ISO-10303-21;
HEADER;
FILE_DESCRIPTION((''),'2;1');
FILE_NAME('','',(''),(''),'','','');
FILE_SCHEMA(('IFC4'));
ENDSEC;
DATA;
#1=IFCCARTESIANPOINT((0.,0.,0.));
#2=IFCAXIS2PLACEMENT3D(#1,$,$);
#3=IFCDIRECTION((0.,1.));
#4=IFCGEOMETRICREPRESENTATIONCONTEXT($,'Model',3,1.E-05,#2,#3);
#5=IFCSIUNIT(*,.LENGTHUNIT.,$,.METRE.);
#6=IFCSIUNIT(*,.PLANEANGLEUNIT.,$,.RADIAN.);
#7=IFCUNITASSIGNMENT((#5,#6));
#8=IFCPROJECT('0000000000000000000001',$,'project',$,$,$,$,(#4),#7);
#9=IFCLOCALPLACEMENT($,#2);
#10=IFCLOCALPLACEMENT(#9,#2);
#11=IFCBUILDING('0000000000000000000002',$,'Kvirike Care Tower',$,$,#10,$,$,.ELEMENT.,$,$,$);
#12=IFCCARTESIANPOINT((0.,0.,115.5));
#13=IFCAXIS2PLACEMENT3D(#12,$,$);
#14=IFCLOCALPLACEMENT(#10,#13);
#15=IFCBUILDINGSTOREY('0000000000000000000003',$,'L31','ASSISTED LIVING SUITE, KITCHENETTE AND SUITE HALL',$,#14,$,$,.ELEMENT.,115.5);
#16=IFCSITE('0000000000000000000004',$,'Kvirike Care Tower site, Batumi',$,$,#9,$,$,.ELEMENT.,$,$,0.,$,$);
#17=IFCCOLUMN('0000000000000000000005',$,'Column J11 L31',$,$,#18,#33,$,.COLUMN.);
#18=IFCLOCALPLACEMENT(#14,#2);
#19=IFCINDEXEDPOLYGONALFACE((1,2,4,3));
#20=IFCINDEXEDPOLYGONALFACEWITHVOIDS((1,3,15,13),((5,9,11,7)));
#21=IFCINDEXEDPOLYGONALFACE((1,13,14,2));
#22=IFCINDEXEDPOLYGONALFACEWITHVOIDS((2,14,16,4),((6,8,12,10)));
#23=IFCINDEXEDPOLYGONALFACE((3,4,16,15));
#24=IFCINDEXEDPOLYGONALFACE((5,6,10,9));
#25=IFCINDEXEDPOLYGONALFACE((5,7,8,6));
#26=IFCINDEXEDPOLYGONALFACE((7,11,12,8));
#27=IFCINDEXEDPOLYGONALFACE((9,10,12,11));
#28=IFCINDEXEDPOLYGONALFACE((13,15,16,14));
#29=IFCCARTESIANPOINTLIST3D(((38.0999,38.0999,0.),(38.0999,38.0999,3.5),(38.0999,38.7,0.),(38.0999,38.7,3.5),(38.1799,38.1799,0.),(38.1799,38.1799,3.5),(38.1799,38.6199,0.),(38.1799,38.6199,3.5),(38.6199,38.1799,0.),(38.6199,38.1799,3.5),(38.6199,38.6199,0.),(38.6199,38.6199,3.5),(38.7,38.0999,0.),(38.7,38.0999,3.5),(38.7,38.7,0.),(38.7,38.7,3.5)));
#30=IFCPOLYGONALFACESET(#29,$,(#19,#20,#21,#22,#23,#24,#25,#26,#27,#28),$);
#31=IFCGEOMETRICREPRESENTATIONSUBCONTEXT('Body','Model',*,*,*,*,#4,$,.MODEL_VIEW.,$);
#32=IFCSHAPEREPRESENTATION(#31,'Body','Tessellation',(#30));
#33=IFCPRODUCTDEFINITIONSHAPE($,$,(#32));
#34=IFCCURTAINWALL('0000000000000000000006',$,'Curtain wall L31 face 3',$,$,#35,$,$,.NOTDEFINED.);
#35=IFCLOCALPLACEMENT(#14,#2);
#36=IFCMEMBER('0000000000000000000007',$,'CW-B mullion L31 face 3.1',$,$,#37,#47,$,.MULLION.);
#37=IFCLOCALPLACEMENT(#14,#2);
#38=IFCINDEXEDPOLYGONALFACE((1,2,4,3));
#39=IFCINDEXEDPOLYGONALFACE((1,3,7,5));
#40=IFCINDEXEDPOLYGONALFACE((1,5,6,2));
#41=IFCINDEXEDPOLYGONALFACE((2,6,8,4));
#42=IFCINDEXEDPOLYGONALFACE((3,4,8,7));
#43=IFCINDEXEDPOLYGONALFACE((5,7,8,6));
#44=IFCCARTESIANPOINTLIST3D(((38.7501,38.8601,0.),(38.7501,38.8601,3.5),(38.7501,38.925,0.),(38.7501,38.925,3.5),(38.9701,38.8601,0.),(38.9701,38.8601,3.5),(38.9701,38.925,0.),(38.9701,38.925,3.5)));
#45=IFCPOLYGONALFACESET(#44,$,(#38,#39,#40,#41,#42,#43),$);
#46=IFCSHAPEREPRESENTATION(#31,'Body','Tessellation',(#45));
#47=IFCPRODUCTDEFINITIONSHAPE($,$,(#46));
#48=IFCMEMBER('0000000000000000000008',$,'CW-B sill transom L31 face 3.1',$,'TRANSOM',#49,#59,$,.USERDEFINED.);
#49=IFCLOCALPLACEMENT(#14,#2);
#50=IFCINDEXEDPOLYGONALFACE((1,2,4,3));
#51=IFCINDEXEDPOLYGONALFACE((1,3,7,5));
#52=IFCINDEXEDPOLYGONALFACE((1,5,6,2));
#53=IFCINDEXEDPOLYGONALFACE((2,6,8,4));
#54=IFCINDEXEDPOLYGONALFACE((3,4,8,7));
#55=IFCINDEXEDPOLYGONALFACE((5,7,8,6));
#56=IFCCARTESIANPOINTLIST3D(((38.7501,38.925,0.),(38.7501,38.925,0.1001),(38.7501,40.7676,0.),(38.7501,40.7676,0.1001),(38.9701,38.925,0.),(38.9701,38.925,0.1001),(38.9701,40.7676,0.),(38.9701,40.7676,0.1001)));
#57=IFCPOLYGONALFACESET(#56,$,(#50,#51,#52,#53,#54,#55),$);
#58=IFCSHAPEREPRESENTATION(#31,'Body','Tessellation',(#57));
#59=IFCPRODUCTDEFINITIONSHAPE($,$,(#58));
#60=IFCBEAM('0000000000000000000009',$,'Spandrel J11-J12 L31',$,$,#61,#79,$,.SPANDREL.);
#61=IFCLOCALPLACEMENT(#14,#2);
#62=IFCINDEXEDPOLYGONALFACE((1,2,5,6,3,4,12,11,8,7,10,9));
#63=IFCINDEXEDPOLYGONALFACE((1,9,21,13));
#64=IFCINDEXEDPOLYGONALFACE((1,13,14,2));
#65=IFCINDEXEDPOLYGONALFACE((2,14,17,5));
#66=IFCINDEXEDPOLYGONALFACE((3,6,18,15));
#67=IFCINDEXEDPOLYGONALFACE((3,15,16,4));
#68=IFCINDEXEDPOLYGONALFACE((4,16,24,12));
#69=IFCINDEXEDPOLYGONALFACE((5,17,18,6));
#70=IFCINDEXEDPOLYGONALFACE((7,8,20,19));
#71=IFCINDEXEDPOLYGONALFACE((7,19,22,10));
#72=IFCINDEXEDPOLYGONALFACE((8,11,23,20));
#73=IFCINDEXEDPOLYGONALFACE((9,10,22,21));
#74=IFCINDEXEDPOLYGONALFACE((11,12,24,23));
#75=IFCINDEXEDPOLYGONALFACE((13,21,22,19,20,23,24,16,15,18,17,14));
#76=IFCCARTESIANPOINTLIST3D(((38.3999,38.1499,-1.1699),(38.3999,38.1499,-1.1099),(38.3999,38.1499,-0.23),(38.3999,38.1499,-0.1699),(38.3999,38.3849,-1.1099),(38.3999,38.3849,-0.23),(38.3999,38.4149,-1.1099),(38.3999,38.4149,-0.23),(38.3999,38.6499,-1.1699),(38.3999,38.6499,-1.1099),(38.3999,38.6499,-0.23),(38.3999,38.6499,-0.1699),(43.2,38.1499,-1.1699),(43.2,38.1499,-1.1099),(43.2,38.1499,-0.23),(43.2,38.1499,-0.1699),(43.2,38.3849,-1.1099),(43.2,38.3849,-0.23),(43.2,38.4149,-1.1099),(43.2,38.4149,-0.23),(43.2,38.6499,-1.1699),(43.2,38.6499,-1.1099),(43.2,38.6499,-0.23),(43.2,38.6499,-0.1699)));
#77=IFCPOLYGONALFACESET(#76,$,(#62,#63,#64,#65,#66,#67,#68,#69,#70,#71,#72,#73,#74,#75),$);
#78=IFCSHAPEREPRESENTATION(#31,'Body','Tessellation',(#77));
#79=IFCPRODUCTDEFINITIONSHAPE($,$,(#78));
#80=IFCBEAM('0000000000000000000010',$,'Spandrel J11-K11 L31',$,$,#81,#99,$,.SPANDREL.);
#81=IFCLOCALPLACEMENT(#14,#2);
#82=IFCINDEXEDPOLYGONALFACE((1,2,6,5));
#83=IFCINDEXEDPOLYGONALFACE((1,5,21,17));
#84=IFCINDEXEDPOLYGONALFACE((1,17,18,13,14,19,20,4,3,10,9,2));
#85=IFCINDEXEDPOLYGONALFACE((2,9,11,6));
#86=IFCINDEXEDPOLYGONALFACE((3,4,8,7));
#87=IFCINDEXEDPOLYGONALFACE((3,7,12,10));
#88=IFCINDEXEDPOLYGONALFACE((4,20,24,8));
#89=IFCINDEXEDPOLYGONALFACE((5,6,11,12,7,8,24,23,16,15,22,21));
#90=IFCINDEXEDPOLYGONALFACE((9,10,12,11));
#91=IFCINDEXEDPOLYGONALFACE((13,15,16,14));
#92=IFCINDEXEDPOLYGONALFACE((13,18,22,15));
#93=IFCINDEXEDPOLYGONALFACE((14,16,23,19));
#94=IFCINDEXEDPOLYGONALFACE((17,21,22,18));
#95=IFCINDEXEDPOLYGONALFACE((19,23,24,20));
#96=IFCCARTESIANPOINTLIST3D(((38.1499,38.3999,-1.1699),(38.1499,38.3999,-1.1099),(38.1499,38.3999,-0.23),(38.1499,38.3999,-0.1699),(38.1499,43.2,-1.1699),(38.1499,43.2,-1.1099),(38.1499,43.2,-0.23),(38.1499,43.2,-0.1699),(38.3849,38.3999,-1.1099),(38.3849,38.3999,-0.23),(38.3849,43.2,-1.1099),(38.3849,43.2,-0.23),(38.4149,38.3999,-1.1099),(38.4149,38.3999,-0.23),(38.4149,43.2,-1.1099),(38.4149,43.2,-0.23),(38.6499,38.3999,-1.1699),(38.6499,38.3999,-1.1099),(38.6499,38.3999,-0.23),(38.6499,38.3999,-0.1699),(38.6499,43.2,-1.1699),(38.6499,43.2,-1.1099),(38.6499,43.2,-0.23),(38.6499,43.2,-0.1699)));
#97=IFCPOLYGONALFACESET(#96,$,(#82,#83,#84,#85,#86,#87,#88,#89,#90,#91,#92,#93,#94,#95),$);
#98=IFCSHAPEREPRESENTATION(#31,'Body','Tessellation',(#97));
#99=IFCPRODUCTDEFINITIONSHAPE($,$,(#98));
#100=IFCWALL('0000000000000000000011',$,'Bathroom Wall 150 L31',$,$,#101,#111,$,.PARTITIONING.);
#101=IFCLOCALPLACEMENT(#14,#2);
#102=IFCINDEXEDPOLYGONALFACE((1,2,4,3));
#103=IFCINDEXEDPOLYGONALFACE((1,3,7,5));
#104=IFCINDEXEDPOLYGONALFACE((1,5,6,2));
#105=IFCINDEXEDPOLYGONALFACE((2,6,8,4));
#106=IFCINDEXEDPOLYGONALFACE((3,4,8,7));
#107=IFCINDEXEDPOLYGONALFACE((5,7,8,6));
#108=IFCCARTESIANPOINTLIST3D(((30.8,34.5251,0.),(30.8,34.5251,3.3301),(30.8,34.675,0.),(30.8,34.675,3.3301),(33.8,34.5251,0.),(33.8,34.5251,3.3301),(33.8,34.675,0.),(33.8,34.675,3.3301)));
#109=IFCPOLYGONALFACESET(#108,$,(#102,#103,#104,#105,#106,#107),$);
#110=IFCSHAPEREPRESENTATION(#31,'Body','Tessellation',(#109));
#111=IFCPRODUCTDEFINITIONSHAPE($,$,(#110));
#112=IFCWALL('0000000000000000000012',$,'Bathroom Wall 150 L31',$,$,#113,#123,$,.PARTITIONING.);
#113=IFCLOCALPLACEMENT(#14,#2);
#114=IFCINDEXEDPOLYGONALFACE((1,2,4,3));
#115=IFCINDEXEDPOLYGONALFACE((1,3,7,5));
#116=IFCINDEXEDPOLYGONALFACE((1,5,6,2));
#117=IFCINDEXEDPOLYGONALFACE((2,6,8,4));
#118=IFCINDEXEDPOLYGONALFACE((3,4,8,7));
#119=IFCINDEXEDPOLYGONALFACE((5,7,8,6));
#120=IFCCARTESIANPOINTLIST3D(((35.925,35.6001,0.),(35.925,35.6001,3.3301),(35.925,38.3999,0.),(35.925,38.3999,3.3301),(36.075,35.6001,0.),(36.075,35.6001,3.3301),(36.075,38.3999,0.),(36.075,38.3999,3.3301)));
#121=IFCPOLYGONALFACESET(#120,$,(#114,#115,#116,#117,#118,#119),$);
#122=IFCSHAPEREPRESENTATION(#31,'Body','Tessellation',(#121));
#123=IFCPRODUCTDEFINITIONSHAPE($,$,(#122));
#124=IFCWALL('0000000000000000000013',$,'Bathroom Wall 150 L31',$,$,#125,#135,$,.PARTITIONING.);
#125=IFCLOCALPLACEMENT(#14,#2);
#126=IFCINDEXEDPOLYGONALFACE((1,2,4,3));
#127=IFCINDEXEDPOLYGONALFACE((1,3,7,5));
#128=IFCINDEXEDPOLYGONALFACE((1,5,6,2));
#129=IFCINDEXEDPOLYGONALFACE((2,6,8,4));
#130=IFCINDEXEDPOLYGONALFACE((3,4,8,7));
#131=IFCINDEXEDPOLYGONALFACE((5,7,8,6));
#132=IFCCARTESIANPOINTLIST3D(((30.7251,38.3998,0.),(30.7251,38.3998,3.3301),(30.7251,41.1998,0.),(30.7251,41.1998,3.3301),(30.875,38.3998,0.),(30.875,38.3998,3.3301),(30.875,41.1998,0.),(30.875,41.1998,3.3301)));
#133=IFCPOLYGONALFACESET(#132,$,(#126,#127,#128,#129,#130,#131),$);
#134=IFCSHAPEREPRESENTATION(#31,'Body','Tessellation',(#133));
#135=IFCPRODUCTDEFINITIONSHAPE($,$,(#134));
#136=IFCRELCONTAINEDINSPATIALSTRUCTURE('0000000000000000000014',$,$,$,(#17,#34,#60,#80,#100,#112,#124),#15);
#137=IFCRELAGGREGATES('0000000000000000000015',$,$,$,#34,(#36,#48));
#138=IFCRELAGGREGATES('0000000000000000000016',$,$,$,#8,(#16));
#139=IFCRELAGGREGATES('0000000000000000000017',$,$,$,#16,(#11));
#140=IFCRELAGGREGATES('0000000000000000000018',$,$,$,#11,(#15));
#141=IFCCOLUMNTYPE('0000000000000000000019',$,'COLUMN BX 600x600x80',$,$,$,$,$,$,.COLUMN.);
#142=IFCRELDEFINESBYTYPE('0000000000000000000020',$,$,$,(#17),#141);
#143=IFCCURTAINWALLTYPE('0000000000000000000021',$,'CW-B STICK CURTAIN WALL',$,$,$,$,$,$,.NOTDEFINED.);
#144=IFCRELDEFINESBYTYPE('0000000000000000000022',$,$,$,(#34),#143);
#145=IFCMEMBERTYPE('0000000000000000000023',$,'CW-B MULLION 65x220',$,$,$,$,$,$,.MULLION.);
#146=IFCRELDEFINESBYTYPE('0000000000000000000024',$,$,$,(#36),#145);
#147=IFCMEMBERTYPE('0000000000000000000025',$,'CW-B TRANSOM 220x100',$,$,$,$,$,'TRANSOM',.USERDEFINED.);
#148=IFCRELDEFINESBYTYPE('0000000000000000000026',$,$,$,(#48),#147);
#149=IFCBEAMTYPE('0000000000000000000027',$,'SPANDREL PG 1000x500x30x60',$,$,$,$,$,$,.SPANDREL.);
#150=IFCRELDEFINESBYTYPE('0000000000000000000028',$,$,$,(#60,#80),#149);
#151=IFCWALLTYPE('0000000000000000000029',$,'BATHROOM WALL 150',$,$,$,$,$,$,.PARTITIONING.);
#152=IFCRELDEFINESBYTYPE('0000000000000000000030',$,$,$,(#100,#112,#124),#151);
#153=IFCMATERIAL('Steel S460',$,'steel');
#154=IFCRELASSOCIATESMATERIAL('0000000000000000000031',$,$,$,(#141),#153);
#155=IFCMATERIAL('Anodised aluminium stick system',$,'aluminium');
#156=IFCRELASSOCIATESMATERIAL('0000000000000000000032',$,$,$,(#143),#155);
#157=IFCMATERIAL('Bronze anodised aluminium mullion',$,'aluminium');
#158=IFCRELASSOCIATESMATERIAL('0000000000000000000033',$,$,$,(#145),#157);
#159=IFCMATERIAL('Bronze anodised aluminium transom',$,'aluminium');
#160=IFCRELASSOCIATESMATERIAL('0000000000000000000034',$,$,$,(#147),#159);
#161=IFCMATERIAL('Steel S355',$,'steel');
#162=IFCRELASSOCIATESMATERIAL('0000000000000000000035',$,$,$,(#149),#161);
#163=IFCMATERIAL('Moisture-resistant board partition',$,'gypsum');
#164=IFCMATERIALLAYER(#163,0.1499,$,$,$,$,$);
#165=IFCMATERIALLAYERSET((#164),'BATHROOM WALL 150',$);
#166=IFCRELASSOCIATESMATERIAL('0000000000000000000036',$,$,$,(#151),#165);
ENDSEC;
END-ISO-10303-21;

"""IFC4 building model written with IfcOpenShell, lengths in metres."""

from ifc_helpers import new_model, si_unit, direction, frame, frame_2d, origin, origin_2d, place, context, subcontext, project, spatial, rectangle, hollow_rectangle, i_section, extrude, material, layer, layer_set, material_profile, profile_set, type_object, element, aggregate, save


model = new_model("IFC4")

# Units and contexts
model_context = context("Model", 3, precision=1e-05, world=origin(), true_north=direction((0.0, 1.0)))
body_context = subcontext(model_context, "Body", "Model", "MODEL_VIEW")
ifc_project = project(units=[si_unit("LENGTHUNIT", "METRE"), si_unit("PLANEANGLEUNIT", "RADIAN")], contexts=[model_context])

# Site, building, storey
site_placement = place(None, origin())
site = spatial("IfcSite", under=ifc_project, at=site_placement, Name="Kvirike Care Tower site, Batumi", CompositionType="ELEMENT", RefElevation=0.0)
building_placement = place(site_placement, origin())
building = spatial("IfcBuilding", under=site, at=building_placement, Name="Kvirike Care Tower", CompositionType="ELEMENT")
storey_placement = place(building_placement, frame((0.0, 0.0, 115.5)))
storey = spatial("IfcBuildingStorey", under=building, at=storey_placement, Name="L31", Description="ASSISTED LIVING SUITE, KITCHENETTE AND SUITE HALL", CompositionType="ELEMENT", Elevation=115.5)

# Column
ifc_material_1 = material(Name="Steel S460", Category="steel")
ifc_material_profile_1 = material_profile(ifc_material_1, hollow_rectangle(XDim=0.6001, YDim=0.6001, WallThickness=0.0801, at=origin_2d()), Name="BX 600x600x80")
ifc_profile_set_1 = profile_set([ifc_material_profile_1], Name="Steel S460")
column_type = type_object("IfcColumnType", Name="COLUMN BX 600x600x80", PredefinedType="COLUMN", material=ifc_profile_set_1)
column_placement = place(storey_placement, frame((38.3999, 38.3999, 0.0), z_axis=(0.0, 0.0, 1.0), x_axis=(0.0, 1.0, 0.0)))
element("IfcColumn", 1, at=column_placement, inside=storey, type_object=column_type, Name="Column J11 L31", PredefinedType="COLUMN", context=body_context, shape_type="SweptSolid", body=[
    extrude(hollow_rectangle(XDim=0.6001, YDim=0.6001, WallThickness=0.0801, at=origin_2d()), origin(), (0.0, 0.0, 1.0), 3.5),
])

# Curtain wall, members
ifc_material_2 = material(Name="Anodised aluminium stick system", Category="aluminium")
curtain_wall_type = type_object("IfcCurtainWallType", Name="CW-B STICK CURTAIN WALL", PredefinedType="NOTDEFINED", material=ifc_material_2)
curtain_wall_placement = place(storey_placement, origin())
curtain_wall = element("IfcCurtainWall", 2, at=curtain_wall_placement, inside=storey, type_object=curtain_wall_type, Name="Curtain wall L31 face 3", PredefinedType="NOTDEFINED")
ifc_material_3 = material(Name="Bronze anodised aluminium mullion", Category="aluminium")
ifc_material_profile_2 = material_profile(ifc_material_3, rectangle(XDim=0.0649, YDim=0.22, at=origin_2d()), Name="CW-B MULLION 65x220")
ifc_profile_set_2 = profile_set([ifc_material_profile_2], Name="Bronze anodised aluminium mullion")
member_type_1 = type_object("IfcMemberType", Name="CW-B MULLION 65x220", PredefinedType="MULLION", material=ifc_profile_set_2)
member_1_placement = place(storey_placement, frame((38.8601, 38.8926, 0.0), z_axis=(0.0, 0.0, 1.0), x_axis=(0.0, 1.0, 0.0)))
member_1 = element("IfcMember", 3, at=member_1_placement, type_object=member_type_1, Name="CW-B mullion L31 face 3.1", PredefinedType="MULLION", context=body_context, shape_type="SweptSolid", body=[
    extrude(rectangle(XDim=0.0649, YDim=0.22, at=origin_2d()), origin(), (0.0, 0.0, 1.0), 3.5),
])
ifc_material_4 = material(Name="Bronze anodised aluminium transom", Category="aluminium")
ifc_material_profile_3 = material_profile(ifc_material_4, rectangle(XDim=0.22, YDim=0.1001, at=origin_2d()), Name="CW-B TRANSOM 220x100")
ifc_profile_set_3 = profile_set([ifc_material_profile_3], Name="Bronze anodised aluminium transom")
member_type_2 = type_object("IfcMemberType", Name="CW-B TRANSOM 220x100", ElementType="TRANSOM", PredefinedType="USERDEFINED", material=ifc_profile_set_3)
member_2_placement = place(storey_placement, frame((38.8601, 38.925, 0.05), z_axis=(0.0, 1.0, 0.0), x_axis=(-1.0, 0.0, 0.0)))
member_2 = element("IfcMember", 4, at=member_2_placement, type_object=member_type_2, Name="CW-B sill transom L31 face 3.1", ObjectType="TRANSOM", PredefinedType="USERDEFINED", context=body_context, shape_type="SweptSolid", body=[
    extrude(rectangle(XDim=0.22, YDim=0.1001, at=origin_2d()), origin(), (0.0, 0.0, 1.0), 1.8425),
])
aggregate(curtain_wall, [member_1, member_2])

# Beams
ifc_material_5 = material(Name="Steel S355", Category="steel")
ifc_material_profile_4 = material_profile(ifc_material_5, i_section(OverallWidth=0.5, OverallDepth=1.0, WebThickness=0.03, FlangeThickness=0.0601, at=origin_2d()), Name="PG 1000x500x30x60")
ifc_profile_set_4 = profile_set([ifc_material_profile_4], Name="Steel S355")
beam_type = type_object("IfcBeamType", Name="SPANDREL PG 1000x500x30x60", PredefinedType="SPANDREL", material=ifc_profile_set_4)
for number, where, z_axis, x_axis, name in (
    (5, (38.3999, 38.3999, -0.6699), (1.0, 0.0, 0.0), (0.0, 1.0, 0.0), "Spandrel J11-J12 L31"),
    (6, (38.3999, 38.3999, -0.6699), (0.0, 1.0, 0.0), (-1.0, 0.0, 0.0), "Spandrel J11-K11 L31"),
):
    element("IfcBeam", number, at=place(storey_placement, frame(where, z_axis=z_axis, x_axis=x_axis)), inside=storey, type_object=beam_type, Name=name, PredefinedType="SPANDREL", context=body_context, shape_type="SweptSolid", body=[
        extrude(i_section(OverallWidth=0.5, OverallDepth=1.0, WebThickness=0.03, FlangeThickness=0.0601, at=origin_2d()), origin(), (0.0, 0.0, 1.0), 4.8),
    ])

# Walls
ifc_material_6 = material(Name="Moisture-resistant board partition", Category="gypsum")
ifc_layer_1 = layer(ifc_material_6, 0.1499)
ifc_layer_set_1 = layer_set([ifc_layer_1], Name="BATHROOM WALL 150")
wall_type_1 = type_object("IfcWallType", Name="BATHROOM WALL 150", PredefinedType="PARTITIONING", material=ifc_layer_set_1)
wall_1_placement = place(storey_placement, frame((33.8, 34.6001, 0.0), z_axis=(0.0, 0.0, 1.0), x_axis=(-1.0, 0.0, 0.0)))
element("IfcWall", 7, at=wall_1_placement, inside=storey, type_object=wall_type_1, Name="Bathroom Wall 150 L31", PredefinedType="PARTITIONING", context=body_context, shape_type="SweptSolid", body=[
    extrude(rectangle(XDim=3.0, YDim=0.1499, at=frame_2d((1.5, 0.0))), origin(), (0.0, 0.0, 1.0), 3.3301),
])
wall_2_placement = place(storey_placement, frame((36.0, 35.6001, 0.0), z_axis=(0.0, 0.0, 1.0), x_axis=(0.0, 1.0, 0.0)))
element("IfcWall", 8, at=wall_2_placement, inside=storey, type_object=wall_type_1, Name="Bathroom Wall 150 L31", PredefinedType="PARTITIONING", context=body_context, shape_type="SweptSolid", body=[
    extrude(rectangle(XDim=2.7998, YDim=0.1499, at=frame_2d((1.3999, 0.0))), origin(), (0.0, 0.0, 1.0), 3.3301),
])
wall_3_placement = place(storey_placement, frame((30.8, 38.3999, 0.0), z_axis=(0.0, 0.0, 1.0), x_axis=(0.0, 1.0, 0.0)))
element("IfcWall", 9, at=wall_3_placement, inside=storey, type_object=wall_type_1, Name="Bathroom Wall 150 L31", PredefinedType="PARTITIONING", context=body_context, shape_type="SweptSolid", body=[
    extrude(rectangle(XDim=2.8, YDim=0.1499, at=frame_2d((1.3999, 0.0))), origin(), (0.0, 0.0, 1.0), 3.3301),
])

save(model, "model.ifc")
